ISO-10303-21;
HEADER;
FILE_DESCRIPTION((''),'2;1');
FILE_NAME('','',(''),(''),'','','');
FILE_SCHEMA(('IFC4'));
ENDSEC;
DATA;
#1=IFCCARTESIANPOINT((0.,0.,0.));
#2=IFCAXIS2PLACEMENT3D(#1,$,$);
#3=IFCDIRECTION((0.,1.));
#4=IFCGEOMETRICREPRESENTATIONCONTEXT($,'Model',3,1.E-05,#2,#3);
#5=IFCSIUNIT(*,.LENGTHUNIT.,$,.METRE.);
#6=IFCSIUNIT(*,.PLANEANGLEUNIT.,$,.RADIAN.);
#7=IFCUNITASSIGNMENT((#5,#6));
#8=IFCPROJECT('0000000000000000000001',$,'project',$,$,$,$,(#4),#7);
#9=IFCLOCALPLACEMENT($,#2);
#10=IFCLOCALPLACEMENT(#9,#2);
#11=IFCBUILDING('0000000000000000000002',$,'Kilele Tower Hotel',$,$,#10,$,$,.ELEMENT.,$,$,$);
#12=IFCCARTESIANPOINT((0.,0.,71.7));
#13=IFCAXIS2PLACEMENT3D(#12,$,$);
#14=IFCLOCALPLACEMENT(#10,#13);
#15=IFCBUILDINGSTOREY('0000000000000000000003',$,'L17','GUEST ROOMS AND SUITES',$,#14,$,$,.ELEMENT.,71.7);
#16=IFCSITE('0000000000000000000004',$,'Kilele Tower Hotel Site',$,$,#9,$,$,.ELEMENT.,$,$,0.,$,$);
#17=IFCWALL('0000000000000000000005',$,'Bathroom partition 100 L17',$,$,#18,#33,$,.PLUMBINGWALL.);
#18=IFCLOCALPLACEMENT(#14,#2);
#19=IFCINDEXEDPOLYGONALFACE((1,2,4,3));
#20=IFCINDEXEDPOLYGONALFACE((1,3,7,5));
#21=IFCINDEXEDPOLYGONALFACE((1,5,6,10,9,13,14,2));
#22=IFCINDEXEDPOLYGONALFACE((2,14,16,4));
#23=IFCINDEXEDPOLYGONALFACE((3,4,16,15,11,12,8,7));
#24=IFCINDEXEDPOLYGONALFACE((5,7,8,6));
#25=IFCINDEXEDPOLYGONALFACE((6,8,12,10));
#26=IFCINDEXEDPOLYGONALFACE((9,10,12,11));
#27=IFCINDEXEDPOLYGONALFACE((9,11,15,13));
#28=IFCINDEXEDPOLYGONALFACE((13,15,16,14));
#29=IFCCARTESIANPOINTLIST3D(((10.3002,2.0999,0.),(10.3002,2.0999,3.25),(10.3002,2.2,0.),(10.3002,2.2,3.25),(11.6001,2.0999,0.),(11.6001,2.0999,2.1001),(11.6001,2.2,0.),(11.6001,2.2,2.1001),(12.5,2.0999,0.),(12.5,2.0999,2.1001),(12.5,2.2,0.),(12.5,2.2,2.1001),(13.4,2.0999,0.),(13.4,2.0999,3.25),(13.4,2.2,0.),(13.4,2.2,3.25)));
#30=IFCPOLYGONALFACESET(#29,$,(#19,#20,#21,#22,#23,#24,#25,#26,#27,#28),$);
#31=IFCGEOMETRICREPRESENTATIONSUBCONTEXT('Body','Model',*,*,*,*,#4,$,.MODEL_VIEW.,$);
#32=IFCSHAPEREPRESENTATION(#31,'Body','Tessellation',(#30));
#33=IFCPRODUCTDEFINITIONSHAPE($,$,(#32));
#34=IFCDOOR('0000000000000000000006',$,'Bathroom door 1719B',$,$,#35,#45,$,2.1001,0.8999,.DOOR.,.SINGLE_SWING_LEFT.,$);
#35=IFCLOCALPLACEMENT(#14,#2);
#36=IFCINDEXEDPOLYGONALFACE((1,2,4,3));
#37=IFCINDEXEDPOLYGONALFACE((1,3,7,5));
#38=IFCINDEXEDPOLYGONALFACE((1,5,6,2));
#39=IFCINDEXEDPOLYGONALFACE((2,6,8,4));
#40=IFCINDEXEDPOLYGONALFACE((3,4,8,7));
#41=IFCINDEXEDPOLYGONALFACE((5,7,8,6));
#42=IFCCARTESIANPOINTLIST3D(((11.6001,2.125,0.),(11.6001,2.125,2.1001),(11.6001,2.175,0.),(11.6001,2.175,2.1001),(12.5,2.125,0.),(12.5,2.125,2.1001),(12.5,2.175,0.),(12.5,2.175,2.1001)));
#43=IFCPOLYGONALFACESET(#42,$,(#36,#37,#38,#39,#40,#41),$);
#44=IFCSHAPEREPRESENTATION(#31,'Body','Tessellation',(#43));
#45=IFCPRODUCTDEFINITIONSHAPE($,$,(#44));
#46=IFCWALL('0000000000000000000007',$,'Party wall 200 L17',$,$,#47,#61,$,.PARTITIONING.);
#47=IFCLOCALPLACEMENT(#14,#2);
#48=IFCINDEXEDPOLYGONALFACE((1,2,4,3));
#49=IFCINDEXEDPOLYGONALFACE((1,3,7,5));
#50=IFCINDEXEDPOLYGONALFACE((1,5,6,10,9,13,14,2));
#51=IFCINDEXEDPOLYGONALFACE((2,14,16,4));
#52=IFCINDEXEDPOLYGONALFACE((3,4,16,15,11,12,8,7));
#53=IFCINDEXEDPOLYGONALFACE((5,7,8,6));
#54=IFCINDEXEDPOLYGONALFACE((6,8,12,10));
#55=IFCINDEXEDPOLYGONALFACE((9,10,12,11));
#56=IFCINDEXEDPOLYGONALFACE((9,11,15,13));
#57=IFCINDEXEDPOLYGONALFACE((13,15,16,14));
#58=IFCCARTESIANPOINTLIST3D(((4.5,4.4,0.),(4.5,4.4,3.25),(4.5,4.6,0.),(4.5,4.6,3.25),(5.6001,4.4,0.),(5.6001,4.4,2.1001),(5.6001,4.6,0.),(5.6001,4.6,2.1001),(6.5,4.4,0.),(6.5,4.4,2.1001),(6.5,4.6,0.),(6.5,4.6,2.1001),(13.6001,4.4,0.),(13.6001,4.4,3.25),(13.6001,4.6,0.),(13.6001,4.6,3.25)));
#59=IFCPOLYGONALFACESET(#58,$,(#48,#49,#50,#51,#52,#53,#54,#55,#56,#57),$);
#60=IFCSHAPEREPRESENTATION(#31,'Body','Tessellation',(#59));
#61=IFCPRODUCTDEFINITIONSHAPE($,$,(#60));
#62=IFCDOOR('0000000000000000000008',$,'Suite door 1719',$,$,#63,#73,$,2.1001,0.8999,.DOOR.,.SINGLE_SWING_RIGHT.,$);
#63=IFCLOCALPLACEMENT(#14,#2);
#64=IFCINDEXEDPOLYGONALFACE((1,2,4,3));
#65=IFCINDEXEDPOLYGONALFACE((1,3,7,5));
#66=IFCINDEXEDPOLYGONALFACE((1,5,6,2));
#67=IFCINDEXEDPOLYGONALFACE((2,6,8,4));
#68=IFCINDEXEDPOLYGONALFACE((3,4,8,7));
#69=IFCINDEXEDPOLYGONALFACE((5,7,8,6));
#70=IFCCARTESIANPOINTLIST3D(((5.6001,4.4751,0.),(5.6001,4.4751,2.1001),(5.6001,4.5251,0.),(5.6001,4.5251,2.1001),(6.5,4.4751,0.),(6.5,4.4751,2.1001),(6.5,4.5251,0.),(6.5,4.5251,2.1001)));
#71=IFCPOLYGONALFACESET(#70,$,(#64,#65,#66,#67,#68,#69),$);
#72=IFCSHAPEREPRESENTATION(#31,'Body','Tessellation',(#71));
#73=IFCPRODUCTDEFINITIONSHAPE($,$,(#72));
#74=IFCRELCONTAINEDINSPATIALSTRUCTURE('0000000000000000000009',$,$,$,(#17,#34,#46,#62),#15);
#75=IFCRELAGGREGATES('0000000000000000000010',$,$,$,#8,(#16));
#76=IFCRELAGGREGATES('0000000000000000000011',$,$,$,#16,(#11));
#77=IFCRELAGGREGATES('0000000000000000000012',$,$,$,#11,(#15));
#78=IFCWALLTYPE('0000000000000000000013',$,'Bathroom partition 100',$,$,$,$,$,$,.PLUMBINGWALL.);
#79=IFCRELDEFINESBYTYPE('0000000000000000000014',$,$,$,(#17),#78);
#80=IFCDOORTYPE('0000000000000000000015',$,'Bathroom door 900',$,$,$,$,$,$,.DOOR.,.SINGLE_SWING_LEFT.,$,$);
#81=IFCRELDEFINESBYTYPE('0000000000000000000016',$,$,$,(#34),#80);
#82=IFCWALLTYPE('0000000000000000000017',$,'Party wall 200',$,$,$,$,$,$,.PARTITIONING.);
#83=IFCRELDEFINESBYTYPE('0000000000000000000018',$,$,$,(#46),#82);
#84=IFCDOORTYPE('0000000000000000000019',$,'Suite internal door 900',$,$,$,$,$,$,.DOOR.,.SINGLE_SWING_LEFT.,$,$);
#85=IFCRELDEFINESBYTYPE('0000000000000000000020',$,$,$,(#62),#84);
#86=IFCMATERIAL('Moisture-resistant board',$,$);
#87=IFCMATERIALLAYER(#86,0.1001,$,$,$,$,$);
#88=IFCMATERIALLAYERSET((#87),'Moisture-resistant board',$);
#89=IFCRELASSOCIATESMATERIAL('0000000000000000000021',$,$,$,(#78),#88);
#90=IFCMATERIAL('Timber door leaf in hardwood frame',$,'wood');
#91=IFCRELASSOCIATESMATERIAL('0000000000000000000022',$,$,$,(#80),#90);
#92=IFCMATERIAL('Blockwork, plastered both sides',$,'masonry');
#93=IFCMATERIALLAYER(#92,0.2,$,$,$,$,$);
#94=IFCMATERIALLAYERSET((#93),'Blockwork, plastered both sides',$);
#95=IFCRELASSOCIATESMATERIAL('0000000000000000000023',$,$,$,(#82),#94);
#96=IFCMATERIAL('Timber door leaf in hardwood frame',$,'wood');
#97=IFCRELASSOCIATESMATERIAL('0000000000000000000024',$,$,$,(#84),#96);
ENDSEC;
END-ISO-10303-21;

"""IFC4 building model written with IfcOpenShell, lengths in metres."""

from ifc_helpers import new_model, si_unit, direction, frame, frame_2d, origin, place, context, subcontext, project, spatial, rectangle, extrude, material, layer, layer_set, type_object, element, fill, save


model = new_model("IFC4")

# Units and contexts
model_context = context("Model", 3, precision=1e-05, world=origin(), true_north=direction((0.0, 1.0)))
body_context = subcontext(model_context, "Body", "Model", "MODEL_VIEW")
ifc_project = project(units=[si_unit("LENGTHUNIT", "METRE"), si_unit("PLANEANGLEUNIT", "RADIAN")], contexts=[model_context])

# Site, building, storey
site_placement = place(None, origin())
site = spatial("IfcSite", under=ifc_project, at=site_placement, Name="Kilele Tower Hotel Site", CompositionType="ELEMENT", RefElevation=0.0)
building_placement = place(site_placement, origin())
building = spatial("IfcBuilding", under=site, at=building_placement, Name="Kilele Tower Hotel", CompositionType="ELEMENT")
storey_placement = place(building_placement, frame((0.0, 0.0, 71.7)))
storey = spatial("IfcBuildingStorey", under=building, at=storey_placement, Name="L17", Description="GUEST ROOMS AND SUITES", CompositionType="ELEMENT", Elevation=71.7)

# Shared definitions
ifc_material_1 = material(Name="Moisture-resistant board")
ifc_layer_1 = layer(ifc_material_1, 0.1001)
ifc_layer_set_1 = layer_set([ifc_layer_1], Name="Moisture-resistant board")
wall_type_1 = type_object("IfcWallType", Name="Bathroom partition 100", PredefinedType="PLUMBINGWALL", material=ifc_layer_set_1)

# Walls, openings, doors
ifc_material_2 = material(Name="Timber door leaf in hardwood frame", Category="wood")
door_type_1 = type_object("IfcDoorType", Name="Bathroom door 900", OperationType="SINGLE_SWING_LEFT", PredefinedType="DOOR", material=ifc_material_2)
wall_1_placement = place(storey_placement, frame((13.3999, 2.1499, 0.0), z_axis=(0.0, 0.0, 1.0), x_axis=(-1.0, 0.0, 0.0)))
wall_1 = element("IfcWall", 1, at=wall_1_placement, inside=storey, type_object=wall_type_1, Name="Bathroom partition 100 L17", PredefinedType="PLUMBINGWALL", context=body_context, shape_type="SweptSolid", body=[
    extrude(rectangle(XDim=3.0999, YDim=0.1001, at=frame_2d((1.5498, 0.0))), origin(), (0.0, 0.0, 1.0), 3.25),
])
opening_1_placement = place(wall_1_placement, frame((0.8999, 0.0, 0.0)))
opening_1 = element("IfcOpeningElement", 2, at=opening_1_placement, cuts=wall_1, PredefinedType="OPENING", context=body_context, shape_type="SweptSolid", body=[
    extrude(rectangle(XDim=0.8999, YDim=2.1001, at=frame_2d((0.45, 1.05))), frame((0.0, 0.0601, 0.0), z_axis=(0.0, -1.0, 0.0), x_axis=(1.0, 0.0, 0.0)), (0.0, 0.0, 1.0), 0.1201),
])
door_1_placement = place(opening_1_placement, origin())
door_1 = element("IfcDoor", 3, at=door_1_placement, inside=storey, type_object=door_type_1, Name="Bathroom door 1719B", OperationType="SINGLE_SWING_LEFT", OverallHeight=2.1001, OverallWidth=0.8999, PredefinedType="DOOR", context=body_context, shape_type="SweptSolid", body=[
    extrude(rectangle(XDim=0.8999, YDim=2.1001, at=frame_2d((0.45, 1.05))), frame((0.0, 0.0249, 0.0), z_axis=(0.0, -1.0, 0.0), x_axis=(1.0, 0.0, 0.0)), (0.0, 0.0, 1.0), 0.05),
])
fill(opening_1, door_1)
ifc_material_3 = material(Name="Blockwork, plastered both sides", Category="masonry")
ifc_layer_2 = layer(ifc_material_3, 0.2)
ifc_layer_set_2 = layer_set([ifc_layer_2], Name="Blockwork, plastered both sides")
wall_type_2 = type_object("IfcWallType", Name="Party wall 200", PredefinedType="PARTITIONING", material=ifc_layer_set_2)
wall_2_placement = place(storey_placement, frame((13.6001, 4.5, 0.0), z_axis=(0.0, 0.0, 1.0), x_axis=(-1.0, 0.0, 0.0)))
wall_2 = element("IfcWall", 4, at=wall_2_placement, inside=storey, type_object=wall_type_2, Name="Party wall 200 L17", PredefinedType="PARTITIONING", context=body_context, shape_type="SweptSolid", body=[
    extrude(rectangle(XDim=9.1001, YDim=0.2, at=frame_2d((4.55, 0.0))), origin(), (0.0, 0.0, 1.0), 3.25),
])
opening_2_placement = place(wall_2_placement, frame((7.1001, 0.0, 0.0)))
opening_2 = element("IfcOpeningElement", 5, at=opening_2_placement, cuts=wall_2, PredefinedType="OPENING", context=body_context, shape_type="SweptSolid", body=[
    extrude(rectangle(XDim=0.8999, YDim=2.1001, at=frame_2d((0.45, 1.05))), frame((0.0, 0.1099, 0.0), z_axis=(0.0, -1.0, 0.0), x_axis=(1.0, 0.0, 0.0)), (0.0, 0.0, 1.0), 0.22),
])
ifc_material_4 = material(Name="Timber door leaf in hardwood frame", Category="wood")
door_type_2 = type_object("IfcDoorType", Name="Suite internal door 900", OperationType="SINGLE_SWING_LEFT", PredefinedType="DOOR", material=ifc_material_4)
door_2_placement = place(opening_2_placement, origin())
door_2 = element("IfcDoor", 6, at=door_2_placement, inside=storey, type_object=door_type_2, Name="Suite door 1719", OperationType="SINGLE_SWING_RIGHT", OverallHeight=2.1001, OverallWidth=0.8999, PredefinedType="DOOR", context=body_context, shape_type="SweptSolid", body=[
    extrude(rectangle(XDim=0.8999, YDim=2.1001, at=frame_2d((0.45, 1.05))), frame((0.0, 0.0249, 0.0), z_axis=(0.0, -1.0, 0.0), x_axis=(1.0, 0.0, 0.0)), (0.0, 0.0, 1.0), 0.05),
])
fill(opening_2, door_2)

save(model, "model.ifc")
